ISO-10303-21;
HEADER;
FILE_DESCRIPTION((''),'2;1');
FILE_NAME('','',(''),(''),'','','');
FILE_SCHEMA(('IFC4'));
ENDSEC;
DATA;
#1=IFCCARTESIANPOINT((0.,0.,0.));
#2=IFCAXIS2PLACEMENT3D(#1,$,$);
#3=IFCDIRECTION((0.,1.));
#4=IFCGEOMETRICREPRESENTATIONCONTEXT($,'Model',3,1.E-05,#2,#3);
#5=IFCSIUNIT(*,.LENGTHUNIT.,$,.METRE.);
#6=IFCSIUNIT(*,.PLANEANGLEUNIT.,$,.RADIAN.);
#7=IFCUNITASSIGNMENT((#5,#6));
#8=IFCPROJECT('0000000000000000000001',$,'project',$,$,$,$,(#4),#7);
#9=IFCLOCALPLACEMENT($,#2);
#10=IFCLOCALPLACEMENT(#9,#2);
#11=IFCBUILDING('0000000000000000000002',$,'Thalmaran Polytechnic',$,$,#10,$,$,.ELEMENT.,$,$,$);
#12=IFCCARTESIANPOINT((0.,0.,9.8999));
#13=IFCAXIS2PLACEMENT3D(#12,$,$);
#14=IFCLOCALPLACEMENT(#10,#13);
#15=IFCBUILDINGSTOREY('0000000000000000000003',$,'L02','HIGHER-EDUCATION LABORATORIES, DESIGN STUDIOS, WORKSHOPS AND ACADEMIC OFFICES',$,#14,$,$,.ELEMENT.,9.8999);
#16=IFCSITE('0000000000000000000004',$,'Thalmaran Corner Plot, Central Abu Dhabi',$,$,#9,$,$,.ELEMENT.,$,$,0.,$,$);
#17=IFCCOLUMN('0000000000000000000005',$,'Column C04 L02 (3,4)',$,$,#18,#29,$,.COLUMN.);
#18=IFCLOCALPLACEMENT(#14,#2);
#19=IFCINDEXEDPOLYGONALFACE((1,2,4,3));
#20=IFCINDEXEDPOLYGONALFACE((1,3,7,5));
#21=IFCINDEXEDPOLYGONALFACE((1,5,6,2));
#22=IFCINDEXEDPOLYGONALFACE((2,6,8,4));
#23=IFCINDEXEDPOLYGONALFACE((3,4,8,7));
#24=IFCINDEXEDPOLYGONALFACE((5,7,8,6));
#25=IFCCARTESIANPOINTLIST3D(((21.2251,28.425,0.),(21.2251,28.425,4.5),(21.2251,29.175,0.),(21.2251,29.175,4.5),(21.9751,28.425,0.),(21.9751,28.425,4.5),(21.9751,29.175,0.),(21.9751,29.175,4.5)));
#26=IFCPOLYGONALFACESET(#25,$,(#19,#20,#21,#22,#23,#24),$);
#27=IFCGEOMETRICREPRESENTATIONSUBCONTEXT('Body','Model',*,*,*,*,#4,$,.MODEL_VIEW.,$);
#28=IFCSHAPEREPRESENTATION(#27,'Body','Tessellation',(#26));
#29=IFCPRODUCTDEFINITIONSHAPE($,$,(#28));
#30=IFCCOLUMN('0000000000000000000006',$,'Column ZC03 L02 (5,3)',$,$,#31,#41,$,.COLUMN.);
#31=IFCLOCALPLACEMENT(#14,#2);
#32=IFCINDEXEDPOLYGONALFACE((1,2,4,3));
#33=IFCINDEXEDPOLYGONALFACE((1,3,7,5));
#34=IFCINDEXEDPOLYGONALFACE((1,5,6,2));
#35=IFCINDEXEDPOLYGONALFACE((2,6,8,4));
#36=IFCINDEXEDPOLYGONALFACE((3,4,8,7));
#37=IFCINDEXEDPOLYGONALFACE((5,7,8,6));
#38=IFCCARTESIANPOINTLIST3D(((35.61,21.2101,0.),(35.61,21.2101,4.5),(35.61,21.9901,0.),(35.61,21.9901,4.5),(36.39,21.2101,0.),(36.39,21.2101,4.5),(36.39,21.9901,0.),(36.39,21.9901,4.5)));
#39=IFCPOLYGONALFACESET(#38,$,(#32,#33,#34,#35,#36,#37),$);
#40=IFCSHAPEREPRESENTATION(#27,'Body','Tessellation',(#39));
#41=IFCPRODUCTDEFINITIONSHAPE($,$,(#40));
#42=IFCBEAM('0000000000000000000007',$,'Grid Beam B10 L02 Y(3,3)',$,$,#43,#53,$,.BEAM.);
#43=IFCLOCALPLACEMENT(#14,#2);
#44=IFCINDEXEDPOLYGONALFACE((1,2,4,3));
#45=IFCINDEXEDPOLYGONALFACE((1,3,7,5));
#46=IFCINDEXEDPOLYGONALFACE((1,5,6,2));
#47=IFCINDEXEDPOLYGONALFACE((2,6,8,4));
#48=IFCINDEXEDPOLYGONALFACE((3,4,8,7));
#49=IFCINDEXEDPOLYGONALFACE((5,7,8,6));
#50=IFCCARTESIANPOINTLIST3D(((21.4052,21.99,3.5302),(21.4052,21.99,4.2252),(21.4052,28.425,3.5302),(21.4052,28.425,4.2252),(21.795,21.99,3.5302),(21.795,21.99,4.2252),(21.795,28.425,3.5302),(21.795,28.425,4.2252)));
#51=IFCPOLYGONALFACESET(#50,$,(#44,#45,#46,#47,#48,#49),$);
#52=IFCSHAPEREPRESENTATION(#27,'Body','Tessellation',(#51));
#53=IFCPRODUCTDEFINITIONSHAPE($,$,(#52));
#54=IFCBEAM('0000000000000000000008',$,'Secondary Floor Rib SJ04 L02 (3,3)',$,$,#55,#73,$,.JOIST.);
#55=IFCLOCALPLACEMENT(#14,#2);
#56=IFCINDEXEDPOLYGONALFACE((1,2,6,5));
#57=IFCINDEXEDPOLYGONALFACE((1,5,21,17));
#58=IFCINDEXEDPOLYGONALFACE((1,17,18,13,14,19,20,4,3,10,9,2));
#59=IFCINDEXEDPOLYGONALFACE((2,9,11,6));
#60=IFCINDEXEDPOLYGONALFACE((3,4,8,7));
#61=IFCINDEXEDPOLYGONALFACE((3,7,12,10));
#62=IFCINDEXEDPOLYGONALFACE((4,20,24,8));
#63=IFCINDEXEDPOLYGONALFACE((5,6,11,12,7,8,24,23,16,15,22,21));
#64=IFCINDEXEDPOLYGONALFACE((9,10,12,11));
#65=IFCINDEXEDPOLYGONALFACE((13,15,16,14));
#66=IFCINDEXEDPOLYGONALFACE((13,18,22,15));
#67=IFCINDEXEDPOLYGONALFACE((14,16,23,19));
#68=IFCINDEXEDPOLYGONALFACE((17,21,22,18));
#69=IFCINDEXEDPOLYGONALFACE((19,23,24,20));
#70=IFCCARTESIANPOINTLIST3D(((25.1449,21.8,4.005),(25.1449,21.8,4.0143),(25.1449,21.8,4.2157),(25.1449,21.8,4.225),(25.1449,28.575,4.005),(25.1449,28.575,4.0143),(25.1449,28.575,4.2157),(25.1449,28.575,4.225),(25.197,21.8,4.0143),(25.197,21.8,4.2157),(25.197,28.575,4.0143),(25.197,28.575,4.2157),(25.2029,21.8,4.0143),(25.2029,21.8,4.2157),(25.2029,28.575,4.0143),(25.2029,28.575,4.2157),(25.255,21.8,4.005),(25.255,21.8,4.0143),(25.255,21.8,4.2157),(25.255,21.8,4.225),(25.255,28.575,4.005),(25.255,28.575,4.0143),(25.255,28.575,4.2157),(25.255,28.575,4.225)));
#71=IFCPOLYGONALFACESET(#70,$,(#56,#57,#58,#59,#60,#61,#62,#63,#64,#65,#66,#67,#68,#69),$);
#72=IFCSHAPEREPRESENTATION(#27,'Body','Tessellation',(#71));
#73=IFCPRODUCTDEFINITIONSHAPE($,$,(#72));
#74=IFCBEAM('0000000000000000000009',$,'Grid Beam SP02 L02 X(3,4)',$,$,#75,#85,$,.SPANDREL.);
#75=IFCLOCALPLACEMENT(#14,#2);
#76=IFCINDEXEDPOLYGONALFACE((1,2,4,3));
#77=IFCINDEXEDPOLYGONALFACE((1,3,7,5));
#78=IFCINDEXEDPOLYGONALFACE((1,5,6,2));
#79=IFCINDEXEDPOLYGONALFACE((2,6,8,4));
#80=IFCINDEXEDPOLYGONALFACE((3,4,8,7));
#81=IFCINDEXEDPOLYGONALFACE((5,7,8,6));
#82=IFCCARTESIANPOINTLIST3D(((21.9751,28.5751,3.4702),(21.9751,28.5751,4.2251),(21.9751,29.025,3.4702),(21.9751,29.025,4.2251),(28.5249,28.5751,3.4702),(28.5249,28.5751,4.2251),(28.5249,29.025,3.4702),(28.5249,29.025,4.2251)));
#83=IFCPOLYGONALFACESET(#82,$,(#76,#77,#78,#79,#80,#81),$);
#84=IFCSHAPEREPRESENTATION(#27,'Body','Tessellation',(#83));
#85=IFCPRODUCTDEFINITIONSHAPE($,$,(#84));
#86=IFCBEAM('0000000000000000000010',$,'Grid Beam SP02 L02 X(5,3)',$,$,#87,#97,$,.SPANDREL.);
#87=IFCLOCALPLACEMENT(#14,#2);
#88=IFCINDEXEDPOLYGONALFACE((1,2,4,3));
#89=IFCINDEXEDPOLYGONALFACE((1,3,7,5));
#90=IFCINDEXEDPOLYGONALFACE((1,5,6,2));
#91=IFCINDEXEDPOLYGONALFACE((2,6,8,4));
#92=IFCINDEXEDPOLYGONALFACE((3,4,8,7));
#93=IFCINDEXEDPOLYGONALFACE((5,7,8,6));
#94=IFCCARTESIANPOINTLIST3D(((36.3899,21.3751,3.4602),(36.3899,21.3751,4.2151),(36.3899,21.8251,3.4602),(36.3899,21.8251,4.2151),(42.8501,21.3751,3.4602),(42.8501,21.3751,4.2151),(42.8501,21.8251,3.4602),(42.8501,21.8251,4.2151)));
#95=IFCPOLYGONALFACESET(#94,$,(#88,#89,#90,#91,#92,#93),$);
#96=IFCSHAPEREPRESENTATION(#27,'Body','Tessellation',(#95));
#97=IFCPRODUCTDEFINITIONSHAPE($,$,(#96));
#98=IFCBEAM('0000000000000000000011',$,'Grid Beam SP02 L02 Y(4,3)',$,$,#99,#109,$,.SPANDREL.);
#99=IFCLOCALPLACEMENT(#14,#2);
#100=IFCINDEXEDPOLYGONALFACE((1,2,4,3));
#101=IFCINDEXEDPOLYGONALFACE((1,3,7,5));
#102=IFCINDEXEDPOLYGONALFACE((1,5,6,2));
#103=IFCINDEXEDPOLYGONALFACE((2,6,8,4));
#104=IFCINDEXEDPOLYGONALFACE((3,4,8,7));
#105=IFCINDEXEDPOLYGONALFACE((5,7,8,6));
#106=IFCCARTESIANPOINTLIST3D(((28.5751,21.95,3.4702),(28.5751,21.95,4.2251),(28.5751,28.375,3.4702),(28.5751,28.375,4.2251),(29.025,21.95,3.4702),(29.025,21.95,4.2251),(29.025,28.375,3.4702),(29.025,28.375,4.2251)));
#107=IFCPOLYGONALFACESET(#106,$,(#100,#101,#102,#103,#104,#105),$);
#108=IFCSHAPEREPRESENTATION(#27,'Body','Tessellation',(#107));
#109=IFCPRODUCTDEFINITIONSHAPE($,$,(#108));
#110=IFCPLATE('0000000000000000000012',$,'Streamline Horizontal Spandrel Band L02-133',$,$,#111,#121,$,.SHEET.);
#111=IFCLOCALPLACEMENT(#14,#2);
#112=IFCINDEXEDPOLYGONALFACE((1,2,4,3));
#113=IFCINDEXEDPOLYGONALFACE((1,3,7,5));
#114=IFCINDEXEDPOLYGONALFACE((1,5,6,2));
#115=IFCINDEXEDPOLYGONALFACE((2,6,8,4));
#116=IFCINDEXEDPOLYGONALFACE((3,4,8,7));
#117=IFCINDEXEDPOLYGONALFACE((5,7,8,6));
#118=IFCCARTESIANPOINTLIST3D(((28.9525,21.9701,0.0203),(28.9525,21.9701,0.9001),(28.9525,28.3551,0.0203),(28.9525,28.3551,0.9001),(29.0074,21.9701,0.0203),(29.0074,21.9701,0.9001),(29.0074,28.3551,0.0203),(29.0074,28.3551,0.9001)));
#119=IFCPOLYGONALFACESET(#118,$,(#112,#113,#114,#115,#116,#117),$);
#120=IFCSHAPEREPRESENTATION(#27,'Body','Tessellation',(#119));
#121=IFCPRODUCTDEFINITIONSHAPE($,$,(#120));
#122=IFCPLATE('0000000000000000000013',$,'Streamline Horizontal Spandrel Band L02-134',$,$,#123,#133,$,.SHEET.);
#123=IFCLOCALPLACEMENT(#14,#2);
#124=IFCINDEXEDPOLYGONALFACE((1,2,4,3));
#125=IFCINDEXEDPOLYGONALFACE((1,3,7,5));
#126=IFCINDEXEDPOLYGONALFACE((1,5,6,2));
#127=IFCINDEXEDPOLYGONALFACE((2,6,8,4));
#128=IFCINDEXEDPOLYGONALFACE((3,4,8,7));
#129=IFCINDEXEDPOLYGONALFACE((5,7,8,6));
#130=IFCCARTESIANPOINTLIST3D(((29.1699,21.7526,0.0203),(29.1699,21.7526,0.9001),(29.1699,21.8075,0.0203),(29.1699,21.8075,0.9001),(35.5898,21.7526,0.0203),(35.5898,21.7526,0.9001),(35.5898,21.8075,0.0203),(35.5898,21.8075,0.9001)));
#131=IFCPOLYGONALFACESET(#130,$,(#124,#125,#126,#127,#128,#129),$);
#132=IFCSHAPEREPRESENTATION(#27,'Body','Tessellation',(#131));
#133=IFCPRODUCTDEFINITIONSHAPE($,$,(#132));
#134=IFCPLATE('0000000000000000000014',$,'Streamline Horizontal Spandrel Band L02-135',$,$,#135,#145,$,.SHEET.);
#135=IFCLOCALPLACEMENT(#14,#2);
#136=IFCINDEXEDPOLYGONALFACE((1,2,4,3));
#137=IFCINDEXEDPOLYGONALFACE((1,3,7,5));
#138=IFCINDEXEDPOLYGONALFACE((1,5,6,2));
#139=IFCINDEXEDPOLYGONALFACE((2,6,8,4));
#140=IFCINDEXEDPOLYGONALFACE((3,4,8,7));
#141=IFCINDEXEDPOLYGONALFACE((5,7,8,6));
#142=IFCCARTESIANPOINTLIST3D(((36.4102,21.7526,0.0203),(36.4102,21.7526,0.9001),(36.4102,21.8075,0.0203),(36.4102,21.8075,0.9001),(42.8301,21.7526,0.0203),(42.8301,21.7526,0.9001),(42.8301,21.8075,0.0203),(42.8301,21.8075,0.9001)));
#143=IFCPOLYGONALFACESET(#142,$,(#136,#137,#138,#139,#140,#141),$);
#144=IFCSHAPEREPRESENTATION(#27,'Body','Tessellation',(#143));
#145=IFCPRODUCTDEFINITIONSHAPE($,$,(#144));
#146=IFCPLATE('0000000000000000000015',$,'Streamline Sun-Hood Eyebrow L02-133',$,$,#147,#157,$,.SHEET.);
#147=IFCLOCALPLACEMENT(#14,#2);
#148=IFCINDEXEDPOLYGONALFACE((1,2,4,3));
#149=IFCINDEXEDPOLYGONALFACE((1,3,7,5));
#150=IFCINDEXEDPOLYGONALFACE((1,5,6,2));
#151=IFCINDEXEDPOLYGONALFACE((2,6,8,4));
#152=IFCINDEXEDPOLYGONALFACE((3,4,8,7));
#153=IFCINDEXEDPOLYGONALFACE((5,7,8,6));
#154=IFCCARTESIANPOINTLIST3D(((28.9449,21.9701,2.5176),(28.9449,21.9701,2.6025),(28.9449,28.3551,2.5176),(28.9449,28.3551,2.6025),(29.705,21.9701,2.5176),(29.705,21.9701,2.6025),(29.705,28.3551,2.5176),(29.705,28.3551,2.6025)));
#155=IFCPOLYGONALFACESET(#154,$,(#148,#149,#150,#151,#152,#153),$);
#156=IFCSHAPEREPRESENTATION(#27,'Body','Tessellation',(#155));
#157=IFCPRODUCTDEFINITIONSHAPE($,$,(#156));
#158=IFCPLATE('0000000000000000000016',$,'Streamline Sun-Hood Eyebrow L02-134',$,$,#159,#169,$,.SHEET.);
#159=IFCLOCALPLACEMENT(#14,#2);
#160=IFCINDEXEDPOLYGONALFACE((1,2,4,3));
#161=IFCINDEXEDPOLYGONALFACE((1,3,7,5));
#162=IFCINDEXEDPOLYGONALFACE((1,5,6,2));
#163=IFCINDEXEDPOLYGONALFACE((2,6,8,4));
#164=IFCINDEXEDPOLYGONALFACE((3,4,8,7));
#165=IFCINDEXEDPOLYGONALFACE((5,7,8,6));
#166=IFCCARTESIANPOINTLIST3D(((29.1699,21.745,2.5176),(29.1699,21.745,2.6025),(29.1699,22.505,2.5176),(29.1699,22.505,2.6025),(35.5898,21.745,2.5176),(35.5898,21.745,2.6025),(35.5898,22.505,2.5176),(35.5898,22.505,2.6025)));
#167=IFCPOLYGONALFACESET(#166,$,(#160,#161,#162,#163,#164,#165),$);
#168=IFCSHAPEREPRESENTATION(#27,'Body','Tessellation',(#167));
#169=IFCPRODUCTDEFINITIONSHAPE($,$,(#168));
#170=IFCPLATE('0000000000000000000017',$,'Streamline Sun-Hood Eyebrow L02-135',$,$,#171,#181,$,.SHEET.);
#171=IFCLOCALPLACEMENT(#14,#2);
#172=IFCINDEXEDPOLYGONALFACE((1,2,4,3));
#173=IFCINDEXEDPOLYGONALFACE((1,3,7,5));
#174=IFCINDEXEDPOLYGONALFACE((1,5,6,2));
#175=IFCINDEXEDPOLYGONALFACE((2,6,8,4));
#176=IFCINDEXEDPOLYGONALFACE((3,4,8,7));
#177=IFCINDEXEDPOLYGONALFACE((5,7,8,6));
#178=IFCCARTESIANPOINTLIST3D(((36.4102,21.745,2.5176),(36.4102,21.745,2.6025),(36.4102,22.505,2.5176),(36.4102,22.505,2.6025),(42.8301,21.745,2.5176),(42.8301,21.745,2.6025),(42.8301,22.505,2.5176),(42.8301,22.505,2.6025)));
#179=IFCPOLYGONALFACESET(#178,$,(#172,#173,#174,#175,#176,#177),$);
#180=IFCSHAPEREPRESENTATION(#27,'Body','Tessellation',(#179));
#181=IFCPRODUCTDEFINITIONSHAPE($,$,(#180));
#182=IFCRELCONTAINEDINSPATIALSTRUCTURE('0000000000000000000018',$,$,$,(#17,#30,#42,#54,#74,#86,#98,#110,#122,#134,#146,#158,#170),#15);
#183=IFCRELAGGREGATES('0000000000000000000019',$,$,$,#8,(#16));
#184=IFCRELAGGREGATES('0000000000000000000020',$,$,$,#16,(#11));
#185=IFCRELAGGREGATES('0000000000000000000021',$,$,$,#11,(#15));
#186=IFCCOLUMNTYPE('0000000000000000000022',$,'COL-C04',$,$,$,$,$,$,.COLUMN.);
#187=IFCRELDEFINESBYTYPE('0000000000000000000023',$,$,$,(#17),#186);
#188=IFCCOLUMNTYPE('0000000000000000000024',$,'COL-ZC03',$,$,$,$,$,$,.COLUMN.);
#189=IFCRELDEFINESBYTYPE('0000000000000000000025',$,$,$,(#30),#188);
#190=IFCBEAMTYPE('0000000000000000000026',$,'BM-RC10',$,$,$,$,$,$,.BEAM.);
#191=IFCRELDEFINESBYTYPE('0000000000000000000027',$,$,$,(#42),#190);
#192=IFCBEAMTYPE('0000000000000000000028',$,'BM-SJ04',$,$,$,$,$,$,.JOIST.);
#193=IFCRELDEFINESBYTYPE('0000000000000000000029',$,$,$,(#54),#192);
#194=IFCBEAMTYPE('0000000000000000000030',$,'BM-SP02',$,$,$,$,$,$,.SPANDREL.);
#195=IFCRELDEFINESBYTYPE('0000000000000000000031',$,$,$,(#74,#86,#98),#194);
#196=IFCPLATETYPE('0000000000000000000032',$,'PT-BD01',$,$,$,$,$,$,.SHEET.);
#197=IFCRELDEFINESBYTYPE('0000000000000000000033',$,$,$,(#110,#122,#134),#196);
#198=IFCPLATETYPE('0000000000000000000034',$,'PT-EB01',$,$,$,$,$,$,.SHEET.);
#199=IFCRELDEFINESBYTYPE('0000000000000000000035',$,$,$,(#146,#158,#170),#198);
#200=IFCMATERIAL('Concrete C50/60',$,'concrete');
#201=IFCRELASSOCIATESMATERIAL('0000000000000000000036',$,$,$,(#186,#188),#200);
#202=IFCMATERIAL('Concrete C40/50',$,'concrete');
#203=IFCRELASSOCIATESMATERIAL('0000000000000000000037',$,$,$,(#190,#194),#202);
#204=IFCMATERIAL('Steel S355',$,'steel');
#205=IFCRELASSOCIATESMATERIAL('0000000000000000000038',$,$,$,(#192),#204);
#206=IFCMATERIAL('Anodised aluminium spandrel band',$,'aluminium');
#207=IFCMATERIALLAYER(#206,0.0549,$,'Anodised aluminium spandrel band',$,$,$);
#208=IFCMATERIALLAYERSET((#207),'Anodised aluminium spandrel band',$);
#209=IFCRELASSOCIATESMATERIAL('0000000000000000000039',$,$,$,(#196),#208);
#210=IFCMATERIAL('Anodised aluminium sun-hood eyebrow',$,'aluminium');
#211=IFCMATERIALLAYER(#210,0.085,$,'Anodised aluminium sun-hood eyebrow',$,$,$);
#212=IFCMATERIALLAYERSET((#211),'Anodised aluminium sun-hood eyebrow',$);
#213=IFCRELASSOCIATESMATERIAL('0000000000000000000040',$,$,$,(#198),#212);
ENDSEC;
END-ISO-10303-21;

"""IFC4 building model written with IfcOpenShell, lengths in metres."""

from ifc_helpers import new_model, si_unit, direction, frame, origin, origin_2d, place, context, subcontext, project, spatial, rectangle, i_section, extrude, material, layer, layer_set, material_profile, profile_set, type_object, element, save


model = new_model("IFC4")

# Units and contexts
model_context = context("Model", 3, precision=1e-05, world=origin(), true_north=direction((0.0, 1.0)))
body_context = subcontext(model_context, "Body", "Model", "MODEL_VIEW")
ifc_project = project(units=[si_unit("LENGTHUNIT", "METRE"), si_unit("PLANEANGLEUNIT", "RADIAN")], contexts=[model_context])

# Site, building, storey
site_placement = place(None, origin())
site = spatial("IfcSite", under=ifc_project, at=site_placement, Name="Thalmaran Corner Plot, Central Abu Dhabi", CompositionType="ELEMENT", RefElevation=0.0)
building_placement = place(site_placement, origin())
building = spatial("IfcBuilding", under=site, at=building_placement, Name="Thalmaran Polytechnic", CompositionType="ELEMENT")
storey_placement = place(building_placement, frame((0.0, 0.0, 9.8999)))
storey = spatial("IfcBuildingStorey", under=building, at=storey_placement, Name="L02", Description="HIGHER-EDUCATION LABORATORIES, DESIGN STUDIOS, WORKSHOPS AND ACADEMIC OFFICES", CompositionType="ELEMENT", Elevation=9.8999)

# Columns
ifc_material_1 = material(Name="Concrete C50/60", Category="concrete")
ifc_material_profile_1 = material_profile(ifc_material_1, rectangle(XDim=0.75, YDim=0.75, at=origin_2d()), Name="RC 750x750")
ifc_profile_set_1 = profile_set([ifc_material_profile_1], Name="Concrete C50/60")
column_type_1 = type_object("IfcColumnType", Name="COL-C04", PredefinedType="COLUMN", material=ifc_profile_set_1)
column_1_placement = place(storey_placement, frame((21.6001, 28.8, 0.0), z_axis=(0.0, 0.0, 1.0), x_axis=(1.0, 0.0, 0.0)))
element("IfcColumn", 1, at=column_1_placement, inside=storey, type_object=column_type_1, Name="Column C04 L02 (3,4)", PredefinedType="COLUMN", context=body_context, shape_type="SweptSolid", body=[
    extrude(rectangle(XDim=0.75, YDim=0.75, at=origin_2d()), origin(), (0.0, 0.0, 1.0), 4.5),
])
ifc_material_profile_2 = material_profile(ifc_material_1, rectangle(XDim=0.78, YDim=0.78, at=origin_2d()), Name="RC 780x780")
ifc_profile_set_2 = profile_set([ifc_material_profile_2], Name="Concrete C50/60")
column_type_2 = type_object("IfcColumnType", Name="COL-ZC03", PredefinedType="COLUMN", material=ifc_profile_set_2)
column_2_placement = place(storey_placement, frame((36.0, 21.6001, 0.0), z_axis=(0.0, 0.0, 1.0), x_axis=(1.0, 0.0, 0.0)))
element("IfcColumn", 2, at=column_2_placement, inside=storey, type_object=column_type_2, Name="Column ZC03 L02 (5,3)", PredefinedType="COLUMN", context=body_context, shape_type="SweptSolid", body=[
    extrude(rectangle(XDim=0.78, YDim=0.78, at=origin_2d()), origin(), (0.0, 0.0, 1.0), 4.5),
])

# Beams
ifc_material_2 = material(Name="Concrete C40/50", Category="concrete")
ifc_material_profile_3 = material_profile(ifc_material_2, rectangle(XDim=0.3899, YDim=0.6951, at=origin_2d()), Name="RC 390x695")
ifc_profile_set_3 = profile_set([ifc_material_profile_3], Name="Concrete C40/50")
beam_type_1 = type_object("IfcBeamType", Name="BM-RC10", PredefinedType="BEAM", material=ifc_profile_set_3)
beam_1_placement = place(storey_placement, frame((21.6001, 21.99, 3.8777), z_axis=(0.0, 1.0, 0.0), x_axis=(-1.0, 0.0, 0.0)))
element("IfcBeam", 3, at=beam_1_placement, inside=storey, type_object=beam_type_1, Name="Grid Beam B10 L02 Y(3,3)", PredefinedType="BEAM", context=body_context, shape_type="SweptSolid", body=[
    extrude(rectangle(XDim=0.3899, YDim=0.6951, at=origin_2d()), origin(), (0.0, 0.0, 1.0), 6.4351),
])
ifc_material_3 = material(Name="Steel S355", Category="steel")
ifc_material_profile_4 = material_profile(ifc_material_3, i_section(OverallWidth=0.1101, OverallDepth=0.22, WebThickness=0.0059, FlangeThickness=0.0093, at=origin_2d()), Name="IPE 220")
ifc_profile_set_4 = profile_set([ifc_material_profile_4], Name="Steel S355")
beam_type_2 = type_object("IfcBeamType", Name="BM-SJ04", PredefinedType="JOIST", material=ifc_profile_set_4)
beam_2_placement = place(storey_placement, frame((25.2, 21.8, 4.115), z_axis=(0.0, 1.0, 0.0), x_axis=(-1.0, 0.0, 0.0)))
element("IfcBeam", 4, at=beam_2_placement, inside=storey, type_object=beam_type_2, Name="Secondary Floor Rib SJ04 L02 (3,3)", PredefinedType="JOIST", context=body_context, shape_type="SweptSolid", body=[
    extrude(i_section(OverallWidth=0.1101, OverallDepth=0.22, WebThickness=0.0059, FlangeThickness=0.0093, at=origin_2d()), origin(), (0.0, 0.0, 1.0), 6.7749),
])
ifc_material_profile_5 = material_profile(ifc_material_2, rectangle(XDim=0.45, YDim=0.7549, at=origin_2d()), Name="RC 450x755")
ifc_profile_set_5 = profile_set([ifc_material_profile_5], Name="Concrete C40/50")
beam_type_3 = type_object("IfcBeamType", Name="BM-SP02", PredefinedType="SPANDREL", material=ifc_profile_set_5)
beam_3_placement = place(storey_placement, frame((21.9751, 28.8, 3.8477), z_axis=(1.0, 0.0, 0.0), x_axis=(0.0, 1.0, 0.0)))
element("IfcBeam", 5, at=beam_3_placement, inside=storey, type_object=beam_type_3, Name="Grid Beam SP02 L02 X(3,4)", PredefinedType="SPANDREL", context=body_context, shape_type="SweptSolid", body=[
    extrude(rectangle(XDim=0.45, YDim=0.7549, at=origin_2d()), origin(), (0.0, 0.0, 1.0), 6.5498),
])
beam_4_placement = place(storey_placement, frame((36.3899, 21.6001, 3.8376), z_axis=(1.0, 0.0, 0.0), x_axis=(0.0, 1.0, 0.0)))
element("IfcBeam", 6, at=beam_4_placement, inside=storey, type_object=beam_type_3, Name="Grid Beam SP02 L02 X(5,3)", PredefinedType="SPANDREL", context=body_context, shape_type="SweptSolid", body=[
    extrude(rectangle(XDim=0.45, YDim=0.7549, at=origin_2d()), origin(), (0.0, 0.0, 1.0), 6.4602),
])
beam_5_placement = place(storey_placement, frame((28.8, 21.95, 3.8477), z_axis=(0.0, 1.0, 0.0), x_axis=(-1.0, 0.0, 0.0)))
element("IfcBeam", 7, at=beam_5_placement, inside=storey, type_object=beam_type_3, Name="Grid Beam SP02 L02 Y(4,3)", PredefinedType="SPANDREL", context=body_context, shape_type="SweptSolid", body=[
    extrude(rectangle(XDim=0.45, YDim=0.7549, at=origin_2d()), origin(), (0.0, 0.0, 1.0), 6.425),
])

# Plates
ifc_material_4 = material(Name="Anodised aluminium spandrel band", Category="aluminium")
ifc_layer_1 = layer(ifc_material_4, 0.0549, Name="Anodised aluminium spandrel band")
ifc_layer_set_1 = layer_set([ifc_layer_1], Name="Anodised aluminium spandrel band")
plate_type_1 = type_object("IfcPlateType", Name="PT-BD01", PredefinedType="SHEET", material=ifc_layer_set_1)
plate_1_placement = place(storey_placement, frame((28.98, 25.1626, 0.0203), z_axis=(0.0, 0.0, 1.0), x_axis=(0.0, -1.0, 0.0)))
element("IfcPlate", 8, at=plate_1_placement, inside=storey, type_object=plate_type_1, Name="Streamline Horizontal Spandrel Band L02-133", PredefinedType="SHEET", context=body_context, shape_type="SweptSolid", body=[
    extrude(rectangle(XDim=6.385, YDim=0.0549, at=origin_2d()), origin(), (0.0, 0.0, 1.0), 0.8799),
])
for number, where, z_axis, x_axis, name in (
    (9, (32.3799, 21.78, 0.0203), (0.0, 0.0, 1.0), (1.0, 0.0, 0.0), "Streamline Horizontal Spandrel Band L02-134"),
    (10, (39.6201, 21.78, 0.0203), (0.0, 0.0, 1.0), (1.0, 0.0, 0.0), "Streamline Horizontal Spandrel Band L02-135"),
):
    element("IfcPlate", number, at=place(storey_placement, frame(where, z_axis=z_axis, x_axis=x_axis)), inside=storey, type_object=plate_type_1, Name=name, PredefinedType="SHEET", context=body_context, shape_type="SweptSolid", body=[
        extrude(rectangle(XDim=6.4199, YDim=0.0549, at=origin_2d()), origin(), (0.0, 0.0, 1.0), 0.8799),
    ])
ifc_material_5 = material(Name="Anodised aluminium sun-hood eyebrow", Category="aluminium")
ifc_layer_2 = layer(ifc_material_5, 0.085, Name="Anodised aluminium sun-hood eyebrow")
ifc_layer_set_2 = layer_set([ifc_layer_2], Name="Anodised aluminium sun-hood eyebrow")
plate_type_2 = type_object("IfcPlateType", Name="PT-EB01", PredefinedType="SHEET", material=ifc_layer_set_2)
plate_2_placement = place(storey_placement, frame((29.325, 25.1626, 2.5176), z_axis=(0.0, 0.0, 1.0), x_axis=(0.0, -1.0, 0.0)))
element("IfcPlate", 11, at=plate_2_placement, inside=storey, type_object=plate_type_2, Name="Streamline Sun-Hood Eyebrow L02-133", PredefinedType="SHEET", context=body_context, shape_type="SweptSolid", body=[
    extrude(rectangle(XDim=6.385, YDim=0.76, at=origin_2d()), origin(), (0.0, 0.0, 1.0), 0.085),
])
for number, where, z_axis, x_axis, name in (
    (12, (32.3799, 22.125, 2.5176), (0.0, 0.0, 1.0), (1.0, 0.0, 0.0), "Streamline Sun-Hood Eyebrow L02-134"),
    (13, (39.6201, 22.125, 2.5176), (0.0, 0.0, 1.0), (1.0, 0.0, 0.0), "Streamline Sun-Hood Eyebrow L02-135"),
):
    element("IfcPlate", number, at=place(storey_placement, frame(where, z_axis=z_axis, x_axis=x_axis)), inside=storey, type_object=plate_type_2, Name=name, PredefinedType="SHEET", context=body_context, shape_type="SweptSolid", body=[
        extrude(rectangle(XDim=6.4199, YDim=0.76, at=origin_2d()), origin(), (0.0, 0.0, 1.0), 0.085),
    ])

save(model, "model.ifc")
